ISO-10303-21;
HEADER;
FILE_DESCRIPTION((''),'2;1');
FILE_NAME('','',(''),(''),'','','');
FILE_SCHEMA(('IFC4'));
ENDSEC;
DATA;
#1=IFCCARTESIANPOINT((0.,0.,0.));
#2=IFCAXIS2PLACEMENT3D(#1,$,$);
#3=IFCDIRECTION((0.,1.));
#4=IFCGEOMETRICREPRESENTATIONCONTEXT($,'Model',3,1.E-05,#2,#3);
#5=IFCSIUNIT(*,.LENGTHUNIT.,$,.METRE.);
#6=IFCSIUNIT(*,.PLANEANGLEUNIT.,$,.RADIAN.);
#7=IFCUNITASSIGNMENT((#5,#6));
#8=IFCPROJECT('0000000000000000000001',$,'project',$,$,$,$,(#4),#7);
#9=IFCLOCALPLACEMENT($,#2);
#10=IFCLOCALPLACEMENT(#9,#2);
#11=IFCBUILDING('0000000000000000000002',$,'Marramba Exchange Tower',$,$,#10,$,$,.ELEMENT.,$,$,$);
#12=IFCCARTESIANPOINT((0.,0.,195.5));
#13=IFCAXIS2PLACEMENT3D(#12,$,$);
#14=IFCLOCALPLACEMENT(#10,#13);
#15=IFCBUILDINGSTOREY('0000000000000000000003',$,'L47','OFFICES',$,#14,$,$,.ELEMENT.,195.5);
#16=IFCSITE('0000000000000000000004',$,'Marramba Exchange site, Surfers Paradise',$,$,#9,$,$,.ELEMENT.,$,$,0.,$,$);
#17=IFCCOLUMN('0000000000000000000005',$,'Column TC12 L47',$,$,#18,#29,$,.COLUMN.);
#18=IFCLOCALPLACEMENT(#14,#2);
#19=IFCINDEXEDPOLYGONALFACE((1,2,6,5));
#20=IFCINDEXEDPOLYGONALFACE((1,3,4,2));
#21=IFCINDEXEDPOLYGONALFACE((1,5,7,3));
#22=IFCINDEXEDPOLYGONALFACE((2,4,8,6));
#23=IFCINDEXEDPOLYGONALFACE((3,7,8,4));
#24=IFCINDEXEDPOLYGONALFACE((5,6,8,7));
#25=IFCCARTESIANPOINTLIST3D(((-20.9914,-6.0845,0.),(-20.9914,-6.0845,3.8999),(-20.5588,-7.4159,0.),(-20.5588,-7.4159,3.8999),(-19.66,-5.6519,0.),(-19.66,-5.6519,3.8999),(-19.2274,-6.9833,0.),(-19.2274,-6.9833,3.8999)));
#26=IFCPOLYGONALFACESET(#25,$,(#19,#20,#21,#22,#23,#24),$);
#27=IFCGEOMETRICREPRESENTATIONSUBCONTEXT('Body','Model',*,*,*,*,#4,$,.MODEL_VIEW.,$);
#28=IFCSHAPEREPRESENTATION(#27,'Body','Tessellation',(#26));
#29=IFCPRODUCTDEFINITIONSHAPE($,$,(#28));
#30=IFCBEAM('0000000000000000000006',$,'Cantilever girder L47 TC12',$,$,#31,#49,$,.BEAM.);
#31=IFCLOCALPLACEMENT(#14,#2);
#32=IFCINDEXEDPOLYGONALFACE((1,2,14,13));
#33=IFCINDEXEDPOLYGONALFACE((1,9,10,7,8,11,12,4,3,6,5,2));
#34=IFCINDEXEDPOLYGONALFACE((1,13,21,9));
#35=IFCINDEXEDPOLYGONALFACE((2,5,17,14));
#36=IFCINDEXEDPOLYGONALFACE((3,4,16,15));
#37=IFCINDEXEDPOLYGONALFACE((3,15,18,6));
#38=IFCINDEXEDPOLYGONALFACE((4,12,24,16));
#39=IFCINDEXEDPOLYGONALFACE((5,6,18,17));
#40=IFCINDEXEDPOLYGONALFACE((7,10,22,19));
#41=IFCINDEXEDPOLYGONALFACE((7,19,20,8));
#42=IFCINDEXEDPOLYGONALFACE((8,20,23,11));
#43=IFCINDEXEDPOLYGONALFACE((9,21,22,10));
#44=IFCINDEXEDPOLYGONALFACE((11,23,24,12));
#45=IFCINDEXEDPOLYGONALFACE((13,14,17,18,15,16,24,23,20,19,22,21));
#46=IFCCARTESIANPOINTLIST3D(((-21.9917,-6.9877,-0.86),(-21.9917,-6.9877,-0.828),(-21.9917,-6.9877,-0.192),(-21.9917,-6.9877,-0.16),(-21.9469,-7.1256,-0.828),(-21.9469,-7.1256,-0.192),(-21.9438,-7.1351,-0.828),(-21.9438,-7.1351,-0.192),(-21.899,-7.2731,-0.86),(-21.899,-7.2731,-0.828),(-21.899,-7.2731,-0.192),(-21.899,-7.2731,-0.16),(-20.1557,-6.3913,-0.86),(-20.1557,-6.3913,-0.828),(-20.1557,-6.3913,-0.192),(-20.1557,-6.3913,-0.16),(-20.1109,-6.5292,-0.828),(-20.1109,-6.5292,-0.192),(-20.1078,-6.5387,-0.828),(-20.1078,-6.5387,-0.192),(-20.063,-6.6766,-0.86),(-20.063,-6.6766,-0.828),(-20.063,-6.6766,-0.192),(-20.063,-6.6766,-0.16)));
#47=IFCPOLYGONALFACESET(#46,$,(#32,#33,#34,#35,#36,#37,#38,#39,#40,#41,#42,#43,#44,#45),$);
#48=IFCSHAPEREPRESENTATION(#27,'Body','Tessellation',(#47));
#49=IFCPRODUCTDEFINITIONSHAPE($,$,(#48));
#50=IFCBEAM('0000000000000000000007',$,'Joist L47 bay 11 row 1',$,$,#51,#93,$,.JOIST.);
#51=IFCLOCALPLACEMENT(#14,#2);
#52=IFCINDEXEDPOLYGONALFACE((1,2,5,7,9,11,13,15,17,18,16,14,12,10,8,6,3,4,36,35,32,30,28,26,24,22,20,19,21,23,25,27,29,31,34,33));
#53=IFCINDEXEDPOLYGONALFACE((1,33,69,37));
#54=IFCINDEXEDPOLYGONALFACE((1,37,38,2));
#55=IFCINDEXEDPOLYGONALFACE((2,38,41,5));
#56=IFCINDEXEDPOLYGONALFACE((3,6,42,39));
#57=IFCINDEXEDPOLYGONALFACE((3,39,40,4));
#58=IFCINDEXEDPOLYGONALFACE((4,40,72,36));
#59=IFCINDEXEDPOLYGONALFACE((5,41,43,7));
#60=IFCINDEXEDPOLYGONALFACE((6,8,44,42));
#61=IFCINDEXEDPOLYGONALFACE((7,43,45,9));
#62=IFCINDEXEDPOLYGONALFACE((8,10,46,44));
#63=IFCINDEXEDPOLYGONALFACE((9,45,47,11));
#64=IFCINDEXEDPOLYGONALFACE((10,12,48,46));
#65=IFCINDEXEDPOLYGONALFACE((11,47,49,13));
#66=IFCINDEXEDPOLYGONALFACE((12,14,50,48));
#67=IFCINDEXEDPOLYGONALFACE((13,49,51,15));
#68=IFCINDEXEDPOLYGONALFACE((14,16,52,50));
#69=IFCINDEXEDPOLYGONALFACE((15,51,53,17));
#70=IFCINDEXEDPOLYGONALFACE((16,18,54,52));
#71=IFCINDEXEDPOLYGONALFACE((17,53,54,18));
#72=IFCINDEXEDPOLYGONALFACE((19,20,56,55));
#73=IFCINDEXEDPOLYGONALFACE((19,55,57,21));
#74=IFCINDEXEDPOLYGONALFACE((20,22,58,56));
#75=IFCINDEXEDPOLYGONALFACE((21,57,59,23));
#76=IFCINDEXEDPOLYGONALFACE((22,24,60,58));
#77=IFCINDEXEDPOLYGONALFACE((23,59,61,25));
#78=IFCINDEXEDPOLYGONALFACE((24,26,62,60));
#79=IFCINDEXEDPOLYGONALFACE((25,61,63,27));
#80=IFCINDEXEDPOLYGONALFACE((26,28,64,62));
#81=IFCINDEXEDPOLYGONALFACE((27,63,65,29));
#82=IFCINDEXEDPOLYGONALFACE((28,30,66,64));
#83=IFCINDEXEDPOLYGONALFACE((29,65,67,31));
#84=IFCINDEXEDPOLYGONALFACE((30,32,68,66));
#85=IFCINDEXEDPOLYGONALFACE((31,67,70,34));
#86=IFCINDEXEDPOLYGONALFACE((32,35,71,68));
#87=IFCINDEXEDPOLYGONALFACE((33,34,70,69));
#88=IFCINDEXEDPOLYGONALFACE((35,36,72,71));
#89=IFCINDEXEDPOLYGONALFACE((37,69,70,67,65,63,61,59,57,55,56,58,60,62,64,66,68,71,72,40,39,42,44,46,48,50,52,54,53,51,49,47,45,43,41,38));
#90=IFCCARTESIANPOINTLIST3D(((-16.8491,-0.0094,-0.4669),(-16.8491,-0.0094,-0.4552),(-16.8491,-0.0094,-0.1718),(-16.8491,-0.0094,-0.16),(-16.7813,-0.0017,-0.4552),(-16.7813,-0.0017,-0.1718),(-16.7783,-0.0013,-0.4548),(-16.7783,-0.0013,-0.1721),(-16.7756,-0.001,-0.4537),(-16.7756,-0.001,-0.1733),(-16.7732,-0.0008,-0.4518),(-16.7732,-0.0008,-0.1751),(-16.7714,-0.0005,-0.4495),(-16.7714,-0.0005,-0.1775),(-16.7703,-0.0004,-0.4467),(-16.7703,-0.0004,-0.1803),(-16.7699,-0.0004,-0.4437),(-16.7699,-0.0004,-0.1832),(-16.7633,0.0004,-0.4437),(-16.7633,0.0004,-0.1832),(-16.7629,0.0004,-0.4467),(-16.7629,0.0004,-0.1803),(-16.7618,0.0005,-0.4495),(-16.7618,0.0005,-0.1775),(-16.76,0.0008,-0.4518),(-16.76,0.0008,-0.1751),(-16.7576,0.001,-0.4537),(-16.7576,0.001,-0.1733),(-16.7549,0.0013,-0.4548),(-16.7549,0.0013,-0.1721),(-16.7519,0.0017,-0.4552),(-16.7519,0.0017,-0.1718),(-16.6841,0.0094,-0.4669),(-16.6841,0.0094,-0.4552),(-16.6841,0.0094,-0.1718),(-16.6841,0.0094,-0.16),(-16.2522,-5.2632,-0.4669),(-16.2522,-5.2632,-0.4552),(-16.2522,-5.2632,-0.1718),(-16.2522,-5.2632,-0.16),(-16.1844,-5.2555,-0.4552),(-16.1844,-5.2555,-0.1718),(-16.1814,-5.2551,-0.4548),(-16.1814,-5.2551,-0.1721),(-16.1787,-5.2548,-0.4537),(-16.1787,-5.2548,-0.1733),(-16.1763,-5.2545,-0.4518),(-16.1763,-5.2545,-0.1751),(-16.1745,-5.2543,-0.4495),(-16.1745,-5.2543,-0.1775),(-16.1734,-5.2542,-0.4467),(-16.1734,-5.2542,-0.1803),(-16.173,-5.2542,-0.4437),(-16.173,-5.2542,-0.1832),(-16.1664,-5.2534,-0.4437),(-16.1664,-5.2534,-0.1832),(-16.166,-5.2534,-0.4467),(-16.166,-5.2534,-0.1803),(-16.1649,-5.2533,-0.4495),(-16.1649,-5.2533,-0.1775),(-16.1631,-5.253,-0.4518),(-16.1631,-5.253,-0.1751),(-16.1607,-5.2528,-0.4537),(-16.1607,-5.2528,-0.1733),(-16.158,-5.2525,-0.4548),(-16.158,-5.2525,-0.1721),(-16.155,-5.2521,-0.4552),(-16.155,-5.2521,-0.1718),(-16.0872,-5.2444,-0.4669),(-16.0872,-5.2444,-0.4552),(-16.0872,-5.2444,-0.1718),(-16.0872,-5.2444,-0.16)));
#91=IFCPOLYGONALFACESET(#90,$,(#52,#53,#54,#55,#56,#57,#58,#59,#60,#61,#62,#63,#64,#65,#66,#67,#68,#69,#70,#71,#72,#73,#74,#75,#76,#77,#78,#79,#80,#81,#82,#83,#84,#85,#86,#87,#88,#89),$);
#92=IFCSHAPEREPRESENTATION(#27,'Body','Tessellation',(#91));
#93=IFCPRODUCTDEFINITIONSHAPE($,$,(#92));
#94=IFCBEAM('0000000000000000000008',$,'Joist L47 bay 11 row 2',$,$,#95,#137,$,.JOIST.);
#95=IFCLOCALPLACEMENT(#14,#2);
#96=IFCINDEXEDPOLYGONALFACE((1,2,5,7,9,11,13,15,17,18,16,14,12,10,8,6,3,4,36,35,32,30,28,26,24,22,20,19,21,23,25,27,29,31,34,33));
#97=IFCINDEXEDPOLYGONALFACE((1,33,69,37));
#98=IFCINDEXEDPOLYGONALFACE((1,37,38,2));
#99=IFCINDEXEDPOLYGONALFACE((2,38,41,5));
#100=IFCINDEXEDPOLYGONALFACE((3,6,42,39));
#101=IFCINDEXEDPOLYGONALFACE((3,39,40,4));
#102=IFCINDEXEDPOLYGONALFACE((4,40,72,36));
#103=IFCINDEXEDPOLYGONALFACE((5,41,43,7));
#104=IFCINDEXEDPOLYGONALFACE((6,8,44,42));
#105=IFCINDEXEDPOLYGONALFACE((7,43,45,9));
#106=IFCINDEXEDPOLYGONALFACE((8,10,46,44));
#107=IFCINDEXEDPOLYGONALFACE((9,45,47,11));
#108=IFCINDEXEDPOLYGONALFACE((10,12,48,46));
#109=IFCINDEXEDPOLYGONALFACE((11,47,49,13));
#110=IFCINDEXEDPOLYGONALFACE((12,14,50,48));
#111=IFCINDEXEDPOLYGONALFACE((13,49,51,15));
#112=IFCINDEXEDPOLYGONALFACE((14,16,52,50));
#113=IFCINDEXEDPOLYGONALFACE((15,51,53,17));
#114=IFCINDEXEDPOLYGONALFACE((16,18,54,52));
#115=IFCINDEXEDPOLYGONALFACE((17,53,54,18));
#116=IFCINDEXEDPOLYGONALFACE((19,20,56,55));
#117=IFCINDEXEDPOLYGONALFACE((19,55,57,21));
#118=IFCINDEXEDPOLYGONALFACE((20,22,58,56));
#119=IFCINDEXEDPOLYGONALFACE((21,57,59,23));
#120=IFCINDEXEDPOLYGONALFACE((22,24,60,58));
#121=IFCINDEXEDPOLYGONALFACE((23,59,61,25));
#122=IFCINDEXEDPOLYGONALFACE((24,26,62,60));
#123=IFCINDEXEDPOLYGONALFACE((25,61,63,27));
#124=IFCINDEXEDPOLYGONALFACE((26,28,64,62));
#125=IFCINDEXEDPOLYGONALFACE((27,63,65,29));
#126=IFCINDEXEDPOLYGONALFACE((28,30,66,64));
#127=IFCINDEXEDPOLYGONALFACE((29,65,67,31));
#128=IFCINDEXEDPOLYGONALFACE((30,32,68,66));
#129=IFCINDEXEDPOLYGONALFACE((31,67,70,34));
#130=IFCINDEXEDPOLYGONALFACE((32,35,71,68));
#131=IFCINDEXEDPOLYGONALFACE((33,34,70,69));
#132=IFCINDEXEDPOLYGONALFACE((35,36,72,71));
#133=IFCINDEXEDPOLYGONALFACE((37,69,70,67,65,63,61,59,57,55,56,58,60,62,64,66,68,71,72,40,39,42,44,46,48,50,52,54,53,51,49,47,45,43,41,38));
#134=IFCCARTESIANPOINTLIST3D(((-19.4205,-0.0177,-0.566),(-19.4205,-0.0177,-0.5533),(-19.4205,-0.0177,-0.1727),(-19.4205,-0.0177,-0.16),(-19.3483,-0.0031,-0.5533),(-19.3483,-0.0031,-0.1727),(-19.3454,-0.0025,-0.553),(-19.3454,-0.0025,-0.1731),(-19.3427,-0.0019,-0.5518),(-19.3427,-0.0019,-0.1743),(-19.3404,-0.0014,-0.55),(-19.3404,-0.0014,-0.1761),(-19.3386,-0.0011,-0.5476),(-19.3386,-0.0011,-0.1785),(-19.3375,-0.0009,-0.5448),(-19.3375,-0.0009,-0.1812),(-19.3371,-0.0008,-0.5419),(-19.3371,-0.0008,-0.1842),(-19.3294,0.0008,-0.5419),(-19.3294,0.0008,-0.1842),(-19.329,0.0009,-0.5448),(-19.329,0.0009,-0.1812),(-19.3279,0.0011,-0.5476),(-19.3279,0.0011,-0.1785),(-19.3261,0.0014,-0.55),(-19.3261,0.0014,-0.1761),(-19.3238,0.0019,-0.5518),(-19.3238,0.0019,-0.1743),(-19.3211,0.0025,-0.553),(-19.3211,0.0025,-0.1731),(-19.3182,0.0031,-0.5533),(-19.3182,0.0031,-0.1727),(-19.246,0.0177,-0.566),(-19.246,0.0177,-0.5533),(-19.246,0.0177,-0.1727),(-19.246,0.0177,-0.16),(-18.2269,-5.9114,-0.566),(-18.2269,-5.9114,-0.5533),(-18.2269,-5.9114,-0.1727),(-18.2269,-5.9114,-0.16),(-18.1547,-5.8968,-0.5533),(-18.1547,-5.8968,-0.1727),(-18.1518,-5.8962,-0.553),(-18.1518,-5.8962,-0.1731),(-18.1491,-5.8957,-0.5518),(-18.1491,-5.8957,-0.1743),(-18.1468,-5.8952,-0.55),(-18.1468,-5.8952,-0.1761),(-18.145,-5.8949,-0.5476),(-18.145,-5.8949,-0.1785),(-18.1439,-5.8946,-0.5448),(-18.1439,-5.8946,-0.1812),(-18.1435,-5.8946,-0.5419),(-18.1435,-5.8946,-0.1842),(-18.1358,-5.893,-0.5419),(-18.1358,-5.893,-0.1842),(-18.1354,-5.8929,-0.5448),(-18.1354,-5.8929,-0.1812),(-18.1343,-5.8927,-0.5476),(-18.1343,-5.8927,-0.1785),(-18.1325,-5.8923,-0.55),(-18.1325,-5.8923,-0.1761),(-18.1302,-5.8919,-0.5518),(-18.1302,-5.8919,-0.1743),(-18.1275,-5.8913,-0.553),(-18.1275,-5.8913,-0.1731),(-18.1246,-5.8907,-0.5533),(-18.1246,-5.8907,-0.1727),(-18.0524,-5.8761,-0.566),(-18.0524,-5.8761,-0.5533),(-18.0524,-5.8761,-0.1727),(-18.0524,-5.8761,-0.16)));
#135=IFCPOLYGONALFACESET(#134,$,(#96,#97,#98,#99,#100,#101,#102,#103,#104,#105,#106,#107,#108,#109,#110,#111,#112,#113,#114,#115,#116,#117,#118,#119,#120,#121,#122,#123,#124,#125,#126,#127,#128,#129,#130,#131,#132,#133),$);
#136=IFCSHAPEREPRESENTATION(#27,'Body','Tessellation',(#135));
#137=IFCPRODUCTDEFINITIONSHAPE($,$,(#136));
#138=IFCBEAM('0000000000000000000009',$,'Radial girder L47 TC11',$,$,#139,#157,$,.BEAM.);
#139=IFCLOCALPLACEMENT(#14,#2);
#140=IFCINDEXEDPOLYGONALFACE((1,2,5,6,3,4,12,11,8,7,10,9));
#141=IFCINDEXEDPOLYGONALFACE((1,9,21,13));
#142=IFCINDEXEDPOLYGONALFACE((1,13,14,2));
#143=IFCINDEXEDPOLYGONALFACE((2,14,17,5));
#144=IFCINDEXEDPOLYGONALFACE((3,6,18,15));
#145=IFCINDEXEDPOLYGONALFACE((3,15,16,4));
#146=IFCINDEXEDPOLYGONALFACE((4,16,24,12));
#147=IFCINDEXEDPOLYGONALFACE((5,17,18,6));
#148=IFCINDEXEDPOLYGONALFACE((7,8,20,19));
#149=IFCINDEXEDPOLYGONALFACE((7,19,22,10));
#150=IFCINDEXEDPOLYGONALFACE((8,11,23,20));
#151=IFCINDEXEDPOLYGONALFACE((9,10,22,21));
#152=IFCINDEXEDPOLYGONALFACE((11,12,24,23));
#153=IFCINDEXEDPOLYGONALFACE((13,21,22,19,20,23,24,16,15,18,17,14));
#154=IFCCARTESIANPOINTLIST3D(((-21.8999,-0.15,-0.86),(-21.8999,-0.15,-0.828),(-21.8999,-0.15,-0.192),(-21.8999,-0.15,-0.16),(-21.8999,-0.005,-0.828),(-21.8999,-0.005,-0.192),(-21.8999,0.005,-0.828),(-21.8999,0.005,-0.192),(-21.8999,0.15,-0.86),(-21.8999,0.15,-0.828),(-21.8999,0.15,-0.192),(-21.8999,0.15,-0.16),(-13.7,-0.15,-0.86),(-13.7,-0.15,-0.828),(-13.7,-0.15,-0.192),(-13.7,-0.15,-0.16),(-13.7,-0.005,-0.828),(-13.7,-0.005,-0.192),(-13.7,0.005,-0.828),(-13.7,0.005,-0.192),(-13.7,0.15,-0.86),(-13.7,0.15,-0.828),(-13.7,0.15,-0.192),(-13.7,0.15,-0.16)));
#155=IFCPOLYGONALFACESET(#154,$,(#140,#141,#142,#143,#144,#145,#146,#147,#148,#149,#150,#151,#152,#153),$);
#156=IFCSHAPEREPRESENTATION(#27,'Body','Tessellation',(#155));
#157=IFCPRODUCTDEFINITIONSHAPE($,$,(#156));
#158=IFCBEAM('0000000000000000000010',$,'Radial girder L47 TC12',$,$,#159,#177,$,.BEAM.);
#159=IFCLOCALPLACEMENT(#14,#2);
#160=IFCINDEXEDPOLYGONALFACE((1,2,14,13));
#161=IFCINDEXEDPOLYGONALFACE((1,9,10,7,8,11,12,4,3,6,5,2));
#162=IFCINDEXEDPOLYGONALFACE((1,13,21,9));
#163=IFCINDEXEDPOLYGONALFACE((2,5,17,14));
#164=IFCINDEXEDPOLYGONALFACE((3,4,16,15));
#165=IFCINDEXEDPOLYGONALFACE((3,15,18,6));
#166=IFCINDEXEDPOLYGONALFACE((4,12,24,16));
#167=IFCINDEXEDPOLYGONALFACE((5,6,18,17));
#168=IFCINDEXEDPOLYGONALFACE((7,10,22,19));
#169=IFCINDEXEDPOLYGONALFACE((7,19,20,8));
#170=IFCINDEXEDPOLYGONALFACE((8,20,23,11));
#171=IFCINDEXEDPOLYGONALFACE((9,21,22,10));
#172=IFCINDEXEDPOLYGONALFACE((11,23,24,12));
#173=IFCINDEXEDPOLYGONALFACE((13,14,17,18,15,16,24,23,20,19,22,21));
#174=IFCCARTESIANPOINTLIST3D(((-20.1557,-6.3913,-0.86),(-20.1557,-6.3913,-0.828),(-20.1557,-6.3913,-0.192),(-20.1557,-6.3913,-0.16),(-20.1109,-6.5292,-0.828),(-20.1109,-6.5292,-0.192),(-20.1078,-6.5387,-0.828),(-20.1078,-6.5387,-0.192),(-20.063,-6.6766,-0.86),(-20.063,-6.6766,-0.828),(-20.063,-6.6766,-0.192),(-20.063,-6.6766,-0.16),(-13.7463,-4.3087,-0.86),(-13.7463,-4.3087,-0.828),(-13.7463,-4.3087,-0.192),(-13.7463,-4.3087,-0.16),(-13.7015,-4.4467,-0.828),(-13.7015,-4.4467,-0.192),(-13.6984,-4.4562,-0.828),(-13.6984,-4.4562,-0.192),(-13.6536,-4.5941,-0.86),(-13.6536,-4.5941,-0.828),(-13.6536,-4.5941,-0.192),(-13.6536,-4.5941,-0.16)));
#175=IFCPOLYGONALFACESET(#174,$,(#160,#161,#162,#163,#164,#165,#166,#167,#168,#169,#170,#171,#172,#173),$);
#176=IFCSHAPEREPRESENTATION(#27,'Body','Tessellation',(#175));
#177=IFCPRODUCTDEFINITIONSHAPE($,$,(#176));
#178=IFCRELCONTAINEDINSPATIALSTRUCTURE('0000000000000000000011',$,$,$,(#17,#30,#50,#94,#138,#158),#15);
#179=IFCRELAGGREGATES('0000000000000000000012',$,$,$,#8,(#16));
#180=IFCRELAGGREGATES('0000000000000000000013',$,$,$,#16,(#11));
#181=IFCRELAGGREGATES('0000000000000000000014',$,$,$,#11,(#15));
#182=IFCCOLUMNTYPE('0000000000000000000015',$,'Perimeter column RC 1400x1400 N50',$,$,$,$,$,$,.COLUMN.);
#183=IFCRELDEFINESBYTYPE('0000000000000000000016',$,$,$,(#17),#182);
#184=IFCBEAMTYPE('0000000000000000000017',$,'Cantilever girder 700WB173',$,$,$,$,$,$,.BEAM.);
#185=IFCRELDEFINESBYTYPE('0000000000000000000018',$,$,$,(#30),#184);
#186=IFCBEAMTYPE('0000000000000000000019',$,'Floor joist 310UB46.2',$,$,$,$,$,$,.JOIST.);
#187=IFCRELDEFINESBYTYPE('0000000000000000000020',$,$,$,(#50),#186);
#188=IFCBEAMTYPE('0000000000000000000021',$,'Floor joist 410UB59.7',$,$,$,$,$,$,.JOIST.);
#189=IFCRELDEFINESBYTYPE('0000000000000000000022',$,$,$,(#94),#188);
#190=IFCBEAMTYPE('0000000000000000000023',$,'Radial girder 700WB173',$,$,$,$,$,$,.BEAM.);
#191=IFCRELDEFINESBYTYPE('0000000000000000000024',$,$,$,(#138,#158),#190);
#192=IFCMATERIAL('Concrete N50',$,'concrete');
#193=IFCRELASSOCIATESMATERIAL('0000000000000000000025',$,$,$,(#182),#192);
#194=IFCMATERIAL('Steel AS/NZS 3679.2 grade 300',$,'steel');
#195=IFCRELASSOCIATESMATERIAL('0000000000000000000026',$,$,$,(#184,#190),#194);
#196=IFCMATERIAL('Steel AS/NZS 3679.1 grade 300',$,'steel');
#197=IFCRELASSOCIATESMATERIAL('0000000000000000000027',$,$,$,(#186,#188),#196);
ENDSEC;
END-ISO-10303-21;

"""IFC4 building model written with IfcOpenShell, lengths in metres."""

from ifc_helpers import new_model, si_unit, direction, frame, origin, origin_2d, place, context, subcontext, project, spatial, rectangle, i_section, extrude, material, material_profile, profile_set, type_object, element, save


model = new_model("IFC4")

# Units and contexts
model_context = context("Model", 3, precision=1e-05, world=origin(), true_north=direction((0.0, 1.0)))
body_context = subcontext(model_context, "Body", "Model", "MODEL_VIEW")
ifc_project = project(units=[si_unit("LENGTHUNIT", "METRE"), si_unit("PLANEANGLEUNIT", "RADIAN")], contexts=[model_context])

# Site, building, storey
site_placement = place(None, origin())
site = spatial("IfcSite", under=ifc_project, at=site_placement, Name="Marramba Exchange site, Surfers Paradise", CompositionType="ELEMENT", RefElevation=0.0)
building_placement = place(site_placement, origin())
building = spatial("IfcBuilding", under=site, at=building_placement, Name="Marramba Exchange Tower", CompositionType="ELEMENT")
storey_placement = place(building_placement, frame((0.0, 0.0, 195.5)))
storey = spatial("IfcBuildingStorey", under=building, at=storey_placement, Name="L47", Description="OFFICES", CompositionType="ELEMENT", Elevation=195.5)

# Column
ifc_material_1 = material(Name="Concrete N50", Category="concrete")
ifc_material_profile_1 = material_profile(ifc_material_1, rectangle(XDim=1.3999, YDim=1.3999, at=origin_2d()), Name="RC 1400x1400")
ifc_profile_set_1 = profile_set([ifc_material_profile_1], Name="Concrete N50")
column_type = type_object("IfcColumnType", Name="Perimeter column RC 1400x1400 N50", PredefinedType="COLUMN", material=ifc_profile_set_1)
column_placement = place(storey_placement, frame((-20.1094, -6.5339, 0.0), z_axis=(0.0, 0.0, 1.0), x_axis=(-0.951057, -0.309017, 0.0)))
element("IfcColumn", 1, at=column_placement, inside=storey, type_object=column_type, Name="Column TC12 L47", PredefinedType="COLUMN", context=body_context, shape_type="SweptSolid", body=[
    extrude(rectangle(XDim=1.3999, YDim=1.3999, at=origin_2d()), origin(), (0.0, 0.0, 1.0), 3.8999),
])

# Beams
ifc_material_2 = material(Name="Steel AS/NZS 3679.2 grade 300", Category="steel")
ifc_material_profile_2 = material_profile(ifc_material_2, i_section(OverallWidth=0.3, OverallDepth=0.7, WebThickness=0.01, FlangeThickness=0.032, at=origin_2d()), Name="700WB173")
ifc_profile_set_2 = profile_set([ifc_material_profile_2], Name="Steel AS/NZS 3679.2 grade 300")
beam_type_1 = type_object("IfcBeamType", Name="Cantilever girder 700WB173", PredefinedType="BEAM", material=ifc_profile_set_2)
beam_1_placement = place(storey_placement, frame((-20.1094, -6.5339, -0.51), z_axis=(-0.951071, -0.308972, 0.0), x_axis=(0.308972, -0.951071, 0.0)))
element("IfcBeam", 2, at=beam_1_placement, inside=storey, type_object=beam_type_1, Name="Cantilever girder L47 TC12", PredefinedType="BEAM", context=body_context, shape_type="SweptSolid", body=[
    extrude(i_section(OverallWidth=0.3, OverallDepth=0.7, WebThickness=0.01, FlangeThickness=0.032, at=origin_2d()), origin(), (0.0, 0.0, 1.0), 1.9304),
])
ifc_material_3 = material(Name="Steel AS/NZS 3679.1 grade 300", Category="steel")
ifc_material_profile_3 = material_profile(ifc_material_3, i_section(OverallWidth=0.166, OverallDepth=0.3069, WebThickness=0.0066, FlangeThickness=0.0117, FilletRadius=0.0115, at=origin_2d()), Name="310UB46.2")
ifc_profile_set_3 = profile_set([ifc_material_profile_3], Name="Steel AS/NZS 3679.1 grade 300")
beam_type_2 = type_object("IfcBeamType", Name="Floor joist 310UB46.2", PredefinedType="JOIST", material=ifc_profile_set_3)
beam_2_placement = place(storey_placement, frame((-16.7666, 0.0, -0.3135), z_axis=(0.112889, -0.993608, 0.0), x_axis=(0.993608, 0.112889, 0.0)))
element("IfcBeam", 3, at=beam_2_placement, inside=storey, type_object=beam_type_2, Name="Joist L47 bay 11 row 1", PredefinedType="JOIST", context=body_context, shape_type="SweptSolid", body=[
    extrude(i_section(OverallWidth=0.166, OverallDepth=0.3069, WebThickness=0.0066, FlangeThickness=0.0117, FilletRadius=0.0115, at=origin_2d()), origin(), (0.0, 0.0, 1.0), 5.2876),
])
ifc_material_profile_4 = material_profile(ifc_material_3, i_section(OverallWidth=0.178, OverallDepth=0.406, WebThickness=0.0078, FlangeThickness=0.0127, FilletRadius=0.0115, at=origin_2d()), Name="410UB59.7")
ifc_profile_set_4 = profile_set([ifc_material_profile_4], Name="Steel AS/NZS 3679.1 grade 300")
beam_type_3 = type_object("IfcBeamType", Name="Floor joist 410UB59.7", PredefinedType="JOIST", material=ifc_profile_set_4)
beam_3_placement = place(storey_placement, frame((-19.3333, 0.0, -0.363), z_axis=(0.198489, -0.980103, 0.0), x_axis=(0.980103, 0.198489, 0.0)))
element("IfcBeam", 4, at=beam_3_placement, inside=storey, type_object=beam_type_3, Name="Joist L47 bay 11 row 2", PredefinedType="JOIST", context=body_context, shape_type="SweptSolid", body=[
    extrude(i_section(OverallWidth=0.178, OverallDepth=0.406, WebThickness=0.0078, FlangeThickness=0.0127, FilletRadius=0.0115, at=origin_2d()), origin(), (0.0, 0.0, 1.0), 6.0134),
])
ifc_material_profile_5 = material_profile(ifc_material_2, i_section(OverallWidth=0.3, OverallDepth=0.7, WebThickness=0.01, FlangeThickness=0.032, at=origin_2d()), Name="700WB173")
ifc_profile_set_5 = profile_set([ifc_material_profile_5], Name="Steel AS/NZS 3679.2 grade 300")
beam_type_4 = type_object("IfcBeamType", Name="Radial girder 700WB173", PredefinedType="BEAM", material=ifc_profile_set_5)
beam_4_placement = place(storey_placement, frame((-13.7, 0.0, -0.51), z_axis=(-1.0, 0.0, 0.0), x_axis=(0.0, -1.0, 0.0)))
element("IfcBeam", 5, at=beam_4_placement, inside=storey, type_object=beam_type_4, Name="Radial girder L47 TC11", PredefinedType="BEAM", context=body_context, shape_type="SweptSolid", body=[
    extrude(i_section(OverallWidth=0.3, OverallDepth=0.7, WebThickness=0.01, FlangeThickness=0.032, at=origin_2d()), origin(), (0.0, 0.0, 1.0), 8.2),
])
beam_5_placement = place(storey_placement, frame((-13.7, -4.4514, -0.51), z_axis=(-0.951058, -0.309013, 0.0), x_axis=(0.309013, -0.951058, 0.0)))
element("IfcBeam", 6, at=beam_5_placement, inside=storey, type_object=beam_type_4, Name="Radial girder L47 TC12", PredefinedType="BEAM", context=body_context, shape_type="SweptSolid", body=[
    extrude(i_section(OverallWidth=0.3, OverallDepth=0.7, WebThickness=0.01, FlangeThickness=0.032, at=origin_2d()), origin(), (0.0, 0.0, 1.0), 6.7393),
])

save(model, "model.ifc")
